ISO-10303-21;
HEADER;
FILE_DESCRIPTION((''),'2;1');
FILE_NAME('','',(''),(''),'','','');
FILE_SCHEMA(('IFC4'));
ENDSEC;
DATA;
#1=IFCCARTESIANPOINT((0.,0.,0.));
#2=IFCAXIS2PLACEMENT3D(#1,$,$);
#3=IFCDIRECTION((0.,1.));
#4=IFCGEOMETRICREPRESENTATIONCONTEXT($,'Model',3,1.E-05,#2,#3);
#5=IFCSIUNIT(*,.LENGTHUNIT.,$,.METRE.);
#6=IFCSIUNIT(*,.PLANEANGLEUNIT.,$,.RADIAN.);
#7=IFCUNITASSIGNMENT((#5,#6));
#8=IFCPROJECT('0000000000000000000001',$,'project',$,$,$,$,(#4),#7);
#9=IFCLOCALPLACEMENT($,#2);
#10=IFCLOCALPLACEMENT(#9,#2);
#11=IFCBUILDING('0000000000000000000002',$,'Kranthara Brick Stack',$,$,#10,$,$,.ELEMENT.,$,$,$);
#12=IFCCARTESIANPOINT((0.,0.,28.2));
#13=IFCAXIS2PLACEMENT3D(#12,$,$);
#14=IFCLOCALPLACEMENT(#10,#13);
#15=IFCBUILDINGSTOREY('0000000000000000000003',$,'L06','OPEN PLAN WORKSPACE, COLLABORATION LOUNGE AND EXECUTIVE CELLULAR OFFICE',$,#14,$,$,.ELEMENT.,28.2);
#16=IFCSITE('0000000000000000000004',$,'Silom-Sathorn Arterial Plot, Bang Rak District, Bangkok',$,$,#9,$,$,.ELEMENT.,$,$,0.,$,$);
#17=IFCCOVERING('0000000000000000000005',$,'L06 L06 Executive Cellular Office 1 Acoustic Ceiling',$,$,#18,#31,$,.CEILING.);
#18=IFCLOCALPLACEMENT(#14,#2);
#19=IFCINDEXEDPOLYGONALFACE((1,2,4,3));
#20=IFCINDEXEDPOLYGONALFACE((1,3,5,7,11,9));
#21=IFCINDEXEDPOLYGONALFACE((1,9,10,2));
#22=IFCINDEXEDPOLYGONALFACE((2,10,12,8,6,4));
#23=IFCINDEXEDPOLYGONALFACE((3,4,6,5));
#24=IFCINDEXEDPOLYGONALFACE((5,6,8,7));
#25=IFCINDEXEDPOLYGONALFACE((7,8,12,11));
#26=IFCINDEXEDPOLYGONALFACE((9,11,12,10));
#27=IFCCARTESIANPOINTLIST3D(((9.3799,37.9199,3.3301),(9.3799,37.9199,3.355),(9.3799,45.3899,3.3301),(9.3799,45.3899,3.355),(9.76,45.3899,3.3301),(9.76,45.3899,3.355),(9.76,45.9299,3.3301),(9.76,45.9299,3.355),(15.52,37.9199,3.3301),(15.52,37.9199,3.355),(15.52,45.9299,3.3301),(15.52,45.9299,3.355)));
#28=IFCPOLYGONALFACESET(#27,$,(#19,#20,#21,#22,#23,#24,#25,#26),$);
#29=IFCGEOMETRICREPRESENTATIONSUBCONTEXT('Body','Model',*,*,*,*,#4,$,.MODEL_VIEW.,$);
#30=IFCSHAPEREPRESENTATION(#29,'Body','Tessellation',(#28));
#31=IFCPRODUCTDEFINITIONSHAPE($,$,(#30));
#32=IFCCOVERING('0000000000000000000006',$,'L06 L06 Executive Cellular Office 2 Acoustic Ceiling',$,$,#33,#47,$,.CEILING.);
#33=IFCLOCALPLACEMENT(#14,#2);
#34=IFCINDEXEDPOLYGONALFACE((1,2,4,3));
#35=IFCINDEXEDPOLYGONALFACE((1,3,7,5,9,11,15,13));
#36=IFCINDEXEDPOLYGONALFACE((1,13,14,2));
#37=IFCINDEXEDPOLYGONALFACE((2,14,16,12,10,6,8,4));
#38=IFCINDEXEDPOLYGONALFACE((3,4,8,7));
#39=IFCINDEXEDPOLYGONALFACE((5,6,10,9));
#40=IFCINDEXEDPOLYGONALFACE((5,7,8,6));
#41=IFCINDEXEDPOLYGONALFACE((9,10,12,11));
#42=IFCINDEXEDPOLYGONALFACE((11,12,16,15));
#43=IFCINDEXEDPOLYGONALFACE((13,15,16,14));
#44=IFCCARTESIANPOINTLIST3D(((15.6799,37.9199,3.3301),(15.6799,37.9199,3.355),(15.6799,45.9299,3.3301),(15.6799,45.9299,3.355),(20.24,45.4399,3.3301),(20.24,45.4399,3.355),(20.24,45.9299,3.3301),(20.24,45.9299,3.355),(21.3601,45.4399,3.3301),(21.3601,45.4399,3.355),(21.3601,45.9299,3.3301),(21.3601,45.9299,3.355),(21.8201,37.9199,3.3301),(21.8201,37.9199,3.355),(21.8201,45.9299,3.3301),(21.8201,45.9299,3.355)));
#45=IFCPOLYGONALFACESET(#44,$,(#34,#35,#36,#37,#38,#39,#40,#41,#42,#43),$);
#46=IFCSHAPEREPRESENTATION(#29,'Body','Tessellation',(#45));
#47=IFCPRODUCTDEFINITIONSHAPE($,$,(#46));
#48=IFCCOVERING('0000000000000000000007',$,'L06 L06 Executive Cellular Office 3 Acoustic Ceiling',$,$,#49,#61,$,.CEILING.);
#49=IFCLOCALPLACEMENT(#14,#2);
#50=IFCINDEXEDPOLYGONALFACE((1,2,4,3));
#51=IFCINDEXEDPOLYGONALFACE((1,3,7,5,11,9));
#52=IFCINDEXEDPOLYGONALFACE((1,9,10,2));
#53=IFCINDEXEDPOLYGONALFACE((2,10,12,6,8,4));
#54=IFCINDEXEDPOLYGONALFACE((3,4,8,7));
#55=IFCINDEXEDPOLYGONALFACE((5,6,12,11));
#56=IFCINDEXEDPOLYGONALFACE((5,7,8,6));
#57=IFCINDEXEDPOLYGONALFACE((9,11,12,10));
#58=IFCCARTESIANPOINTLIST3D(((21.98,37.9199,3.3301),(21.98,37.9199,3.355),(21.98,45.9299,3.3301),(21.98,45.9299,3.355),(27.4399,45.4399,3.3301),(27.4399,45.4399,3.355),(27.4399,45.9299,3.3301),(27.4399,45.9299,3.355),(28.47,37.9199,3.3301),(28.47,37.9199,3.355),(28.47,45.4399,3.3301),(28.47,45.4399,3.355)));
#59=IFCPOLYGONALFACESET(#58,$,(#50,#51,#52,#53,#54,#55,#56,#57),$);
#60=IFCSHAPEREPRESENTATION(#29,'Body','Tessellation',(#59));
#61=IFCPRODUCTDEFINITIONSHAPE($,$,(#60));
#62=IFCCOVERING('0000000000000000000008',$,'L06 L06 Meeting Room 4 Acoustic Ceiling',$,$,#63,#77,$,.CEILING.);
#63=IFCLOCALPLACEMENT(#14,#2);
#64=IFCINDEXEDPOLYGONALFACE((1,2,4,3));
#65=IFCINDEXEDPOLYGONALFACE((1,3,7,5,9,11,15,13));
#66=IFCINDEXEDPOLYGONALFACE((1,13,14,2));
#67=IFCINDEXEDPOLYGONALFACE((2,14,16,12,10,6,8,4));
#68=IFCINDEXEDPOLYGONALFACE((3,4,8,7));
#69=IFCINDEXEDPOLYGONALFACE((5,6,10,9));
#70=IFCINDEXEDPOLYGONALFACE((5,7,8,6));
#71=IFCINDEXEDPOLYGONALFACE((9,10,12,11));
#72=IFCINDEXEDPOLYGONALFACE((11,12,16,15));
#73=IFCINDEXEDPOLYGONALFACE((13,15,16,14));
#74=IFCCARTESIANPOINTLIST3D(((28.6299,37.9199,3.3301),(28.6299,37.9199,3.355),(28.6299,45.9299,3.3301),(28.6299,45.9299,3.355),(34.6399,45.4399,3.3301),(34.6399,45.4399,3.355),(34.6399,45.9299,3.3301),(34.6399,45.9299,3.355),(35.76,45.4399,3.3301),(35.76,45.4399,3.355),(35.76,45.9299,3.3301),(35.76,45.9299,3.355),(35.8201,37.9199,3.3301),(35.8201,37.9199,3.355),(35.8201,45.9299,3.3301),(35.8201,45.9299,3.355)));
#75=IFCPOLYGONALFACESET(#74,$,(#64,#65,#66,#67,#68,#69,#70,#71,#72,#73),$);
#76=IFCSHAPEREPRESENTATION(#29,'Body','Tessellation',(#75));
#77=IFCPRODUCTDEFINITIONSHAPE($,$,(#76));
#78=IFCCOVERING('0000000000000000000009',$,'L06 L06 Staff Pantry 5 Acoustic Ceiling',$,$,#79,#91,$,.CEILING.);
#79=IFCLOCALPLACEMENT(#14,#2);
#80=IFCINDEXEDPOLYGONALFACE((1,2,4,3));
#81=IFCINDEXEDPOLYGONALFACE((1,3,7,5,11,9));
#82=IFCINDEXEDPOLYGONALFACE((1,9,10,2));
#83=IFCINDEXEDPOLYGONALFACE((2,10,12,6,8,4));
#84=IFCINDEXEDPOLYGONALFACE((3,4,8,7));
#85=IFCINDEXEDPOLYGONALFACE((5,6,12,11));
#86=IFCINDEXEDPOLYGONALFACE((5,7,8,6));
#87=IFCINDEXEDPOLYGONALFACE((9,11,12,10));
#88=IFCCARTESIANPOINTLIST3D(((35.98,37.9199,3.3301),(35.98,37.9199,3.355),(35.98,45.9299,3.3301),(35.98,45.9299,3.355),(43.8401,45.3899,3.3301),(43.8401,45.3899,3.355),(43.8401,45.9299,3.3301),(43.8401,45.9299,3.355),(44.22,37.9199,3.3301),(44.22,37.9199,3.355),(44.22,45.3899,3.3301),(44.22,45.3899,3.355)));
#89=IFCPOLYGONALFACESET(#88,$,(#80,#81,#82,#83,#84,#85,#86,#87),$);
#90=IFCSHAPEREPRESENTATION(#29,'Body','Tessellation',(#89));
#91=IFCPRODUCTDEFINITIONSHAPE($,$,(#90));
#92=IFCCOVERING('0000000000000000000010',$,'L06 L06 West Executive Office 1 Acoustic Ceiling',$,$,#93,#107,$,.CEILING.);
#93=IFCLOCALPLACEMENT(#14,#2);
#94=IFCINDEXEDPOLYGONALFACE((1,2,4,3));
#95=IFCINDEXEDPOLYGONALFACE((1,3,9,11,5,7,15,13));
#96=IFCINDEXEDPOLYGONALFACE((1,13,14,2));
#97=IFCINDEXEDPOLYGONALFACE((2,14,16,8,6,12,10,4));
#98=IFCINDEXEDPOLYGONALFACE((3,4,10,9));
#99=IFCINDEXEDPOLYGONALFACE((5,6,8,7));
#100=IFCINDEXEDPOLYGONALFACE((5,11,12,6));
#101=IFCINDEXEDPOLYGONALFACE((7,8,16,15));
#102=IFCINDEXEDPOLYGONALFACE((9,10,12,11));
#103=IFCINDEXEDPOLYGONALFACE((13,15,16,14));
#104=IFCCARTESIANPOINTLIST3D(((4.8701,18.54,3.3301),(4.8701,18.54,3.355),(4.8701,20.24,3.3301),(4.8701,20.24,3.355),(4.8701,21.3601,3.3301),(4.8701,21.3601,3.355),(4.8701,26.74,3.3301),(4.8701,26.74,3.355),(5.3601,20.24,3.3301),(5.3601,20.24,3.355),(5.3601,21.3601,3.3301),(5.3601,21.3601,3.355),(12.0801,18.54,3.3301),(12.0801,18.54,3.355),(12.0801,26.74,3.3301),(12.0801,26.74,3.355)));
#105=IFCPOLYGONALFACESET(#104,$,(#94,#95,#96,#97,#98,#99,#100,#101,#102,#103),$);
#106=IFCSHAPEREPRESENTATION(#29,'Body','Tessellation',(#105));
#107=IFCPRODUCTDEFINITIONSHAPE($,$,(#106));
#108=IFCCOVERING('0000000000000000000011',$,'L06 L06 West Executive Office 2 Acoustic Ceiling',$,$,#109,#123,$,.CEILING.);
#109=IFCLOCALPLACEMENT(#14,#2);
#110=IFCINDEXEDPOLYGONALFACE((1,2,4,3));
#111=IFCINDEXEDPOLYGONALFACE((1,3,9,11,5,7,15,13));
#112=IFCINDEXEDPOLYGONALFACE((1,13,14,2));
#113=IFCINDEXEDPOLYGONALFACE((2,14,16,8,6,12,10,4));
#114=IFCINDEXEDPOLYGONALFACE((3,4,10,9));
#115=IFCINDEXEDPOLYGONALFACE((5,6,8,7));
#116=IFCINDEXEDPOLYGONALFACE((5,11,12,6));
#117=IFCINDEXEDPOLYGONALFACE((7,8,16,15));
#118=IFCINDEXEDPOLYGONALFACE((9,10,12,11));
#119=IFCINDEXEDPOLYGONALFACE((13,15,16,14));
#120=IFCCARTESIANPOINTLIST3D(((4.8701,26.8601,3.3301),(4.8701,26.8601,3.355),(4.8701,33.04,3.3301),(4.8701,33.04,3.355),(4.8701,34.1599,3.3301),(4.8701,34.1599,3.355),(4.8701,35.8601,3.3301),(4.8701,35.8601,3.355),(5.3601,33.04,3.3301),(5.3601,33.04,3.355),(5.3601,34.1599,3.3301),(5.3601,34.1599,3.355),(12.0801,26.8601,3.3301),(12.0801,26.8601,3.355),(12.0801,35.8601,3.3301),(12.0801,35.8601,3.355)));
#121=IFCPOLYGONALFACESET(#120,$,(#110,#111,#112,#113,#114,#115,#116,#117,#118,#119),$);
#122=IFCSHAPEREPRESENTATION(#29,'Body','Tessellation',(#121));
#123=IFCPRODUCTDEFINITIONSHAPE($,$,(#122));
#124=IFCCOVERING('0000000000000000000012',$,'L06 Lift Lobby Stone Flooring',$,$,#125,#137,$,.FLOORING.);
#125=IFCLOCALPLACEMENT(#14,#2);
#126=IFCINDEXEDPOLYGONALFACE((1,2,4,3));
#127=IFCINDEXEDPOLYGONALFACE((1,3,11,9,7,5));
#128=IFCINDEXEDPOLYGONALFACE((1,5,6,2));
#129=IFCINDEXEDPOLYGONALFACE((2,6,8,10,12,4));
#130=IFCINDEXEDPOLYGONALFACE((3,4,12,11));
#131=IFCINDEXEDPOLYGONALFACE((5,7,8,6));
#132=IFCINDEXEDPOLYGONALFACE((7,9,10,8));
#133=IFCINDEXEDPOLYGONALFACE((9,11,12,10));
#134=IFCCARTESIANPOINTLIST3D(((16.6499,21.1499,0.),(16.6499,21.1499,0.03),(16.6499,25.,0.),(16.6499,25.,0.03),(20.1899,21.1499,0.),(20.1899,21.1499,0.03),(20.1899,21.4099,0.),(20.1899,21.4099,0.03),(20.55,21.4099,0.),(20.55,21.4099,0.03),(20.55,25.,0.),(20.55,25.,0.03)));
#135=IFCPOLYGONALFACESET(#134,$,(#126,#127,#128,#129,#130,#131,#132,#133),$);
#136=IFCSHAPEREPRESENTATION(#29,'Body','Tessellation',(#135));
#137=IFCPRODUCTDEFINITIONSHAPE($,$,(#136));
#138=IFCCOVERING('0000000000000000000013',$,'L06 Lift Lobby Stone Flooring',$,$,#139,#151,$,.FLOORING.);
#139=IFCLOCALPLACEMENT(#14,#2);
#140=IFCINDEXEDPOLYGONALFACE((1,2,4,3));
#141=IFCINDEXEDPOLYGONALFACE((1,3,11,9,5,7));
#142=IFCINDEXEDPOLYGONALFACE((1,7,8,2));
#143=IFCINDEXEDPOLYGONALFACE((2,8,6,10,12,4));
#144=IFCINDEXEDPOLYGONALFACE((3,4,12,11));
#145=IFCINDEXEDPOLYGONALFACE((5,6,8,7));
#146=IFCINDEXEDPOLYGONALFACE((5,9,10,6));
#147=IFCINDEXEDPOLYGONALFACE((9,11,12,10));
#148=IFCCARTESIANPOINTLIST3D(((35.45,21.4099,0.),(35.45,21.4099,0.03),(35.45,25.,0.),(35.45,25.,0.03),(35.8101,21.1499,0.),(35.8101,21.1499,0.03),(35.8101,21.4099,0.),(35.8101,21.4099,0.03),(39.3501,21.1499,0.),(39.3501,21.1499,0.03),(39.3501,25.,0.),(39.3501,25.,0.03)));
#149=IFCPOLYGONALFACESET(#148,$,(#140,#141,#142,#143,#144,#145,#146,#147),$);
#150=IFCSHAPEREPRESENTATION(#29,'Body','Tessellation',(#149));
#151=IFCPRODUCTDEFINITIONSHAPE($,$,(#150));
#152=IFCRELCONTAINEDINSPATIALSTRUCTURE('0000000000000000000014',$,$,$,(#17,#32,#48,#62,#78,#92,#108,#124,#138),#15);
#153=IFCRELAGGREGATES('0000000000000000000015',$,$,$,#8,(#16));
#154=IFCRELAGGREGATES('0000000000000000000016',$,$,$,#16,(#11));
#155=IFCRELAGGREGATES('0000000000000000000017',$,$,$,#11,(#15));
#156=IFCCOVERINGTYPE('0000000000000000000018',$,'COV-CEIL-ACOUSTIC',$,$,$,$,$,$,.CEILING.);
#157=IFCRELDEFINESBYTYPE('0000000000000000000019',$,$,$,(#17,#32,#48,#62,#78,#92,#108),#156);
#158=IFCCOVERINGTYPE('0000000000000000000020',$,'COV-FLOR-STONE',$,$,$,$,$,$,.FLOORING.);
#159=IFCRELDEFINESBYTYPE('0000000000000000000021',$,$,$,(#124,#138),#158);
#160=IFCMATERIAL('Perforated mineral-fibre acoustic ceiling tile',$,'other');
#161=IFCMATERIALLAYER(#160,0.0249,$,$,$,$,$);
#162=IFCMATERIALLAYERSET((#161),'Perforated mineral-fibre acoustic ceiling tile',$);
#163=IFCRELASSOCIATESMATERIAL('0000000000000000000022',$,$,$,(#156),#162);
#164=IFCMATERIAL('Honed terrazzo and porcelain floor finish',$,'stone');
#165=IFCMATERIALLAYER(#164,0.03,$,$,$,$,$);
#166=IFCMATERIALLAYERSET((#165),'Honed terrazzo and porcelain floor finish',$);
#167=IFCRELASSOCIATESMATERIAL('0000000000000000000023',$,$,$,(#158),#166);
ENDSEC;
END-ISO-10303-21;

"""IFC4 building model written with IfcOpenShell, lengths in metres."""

from ifc_helpers import new_model, si_unit, direction, frame, origin, place, context, subcontext, project, spatial, polyline, outline, extrude, material, layer, layer_set, type_object, element, save


model = new_model("IFC4")

# Units and contexts
model_context = context("Model", 3, precision=1e-05, world=origin(), true_north=direction((0.0, 1.0)))
body_context = subcontext(model_context, "Body", "Model", "MODEL_VIEW")
ifc_project = project(units=[si_unit("LENGTHUNIT", "METRE"), si_unit("PLANEANGLEUNIT", "RADIAN")], contexts=[model_context])

# Site, building, storey
site_placement = place(None, origin())
site = spatial("IfcSite", under=ifc_project, at=site_placement, Name="Silom-Sathorn Arterial Plot, Bang Rak District, Bangkok", CompositionType="ELEMENT", RefElevation=0.0)
building_placement = place(site_placement, origin())
building = spatial("IfcBuilding", under=site, at=building_placement, Name="Kranthara Brick Stack", CompositionType="ELEMENT")
storey_placement = place(building_placement, frame((0.0, 0.0, 28.2)))
storey = spatial("IfcBuildingStorey", under=building, at=storey_placement, Name="L06", Description="OPEN PLAN WORKSPACE, COLLABORATION LOUNGE AND EXECUTIVE CELLULAR OFFICE", CompositionType="ELEMENT", Elevation=28.2)

# Coverings
ifc_material_1 = material(Name="Perforated mineral-fibre acoustic ceiling tile", Category="other")
ifc_layer_1 = layer(ifc_material_1, 0.0249)
ifc_layer_set_1 = layer_set([ifc_layer_1], Name="Perforated mineral-fibre acoustic ceiling tile")
covering_type_1 = type_object("IfcCoveringType", Name="COV-CEIL-ACOUSTIC", PredefinedType="CEILING", material=ifc_layer_set_1)
covering_1_placement = place(storey_placement, frame((0.0, 0.0, 3.3301)))
element("IfcCovering", 1, at=covering_1_placement, inside=storey, type_object=covering_type_1, Name="L06 L06 Executive Cellular Office 1 Acoustic Ceiling", PredefinedType="CEILING", context=body_context, shape_type="SweptSolid", body=[
    extrude(outline(polyline([(15.52, 45.9299), (15.52, 37.9199), (9.3799, 37.9199), (9.3799, 45.3899), (9.76, 45.3899), (9.76, 45.9299), (15.52, 45.9299)])), origin(), (0.0, 0.0, 1.0), 0.0249),
])
covering_2_placement = place(storey_placement, frame((0.0, 0.0, 3.3301)))
element("IfcCovering", 2, at=covering_2_placement, inside=storey, type_object=covering_type_1, Name="L06 L06 Executive Cellular Office 2 Acoustic Ceiling", PredefinedType="CEILING", context=body_context, shape_type="SweptSolid", body=[
    extrude(outline(polyline([(21.8201, 45.9299), (21.8201, 37.9199), (15.6799, 37.9199), (15.6799, 45.9299), (20.24, 45.9299), (20.24, 45.4399), (21.3601, 45.4399), (21.3601, 45.9299), (21.8201, 45.9299)])), origin(), (0.0, 0.0, 1.0), 0.0249),
])
covering_3_placement = place(storey_placement, frame((0.0, 0.0, 3.3301)))
element("IfcCovering", 3, at=covering_3_placement, inside=storey, type_object=covering_type_1, Name="L06 L06 Executive Cellular Office 3 Acoustic Ceiling", PredefinedType="CEILING", context=body_context, shape_type="SweptSolid", body=[
    extrude(outline(polyline([(28.47, 37.9199), (21.98, 37.9199), (21.98, 45.9299), (27.4399, 45.9299), (27.4399, 45.4399), (28.47, 45.4399), (28.47, 37.9199)])), origin(), (0.0, 0.0, 1.0), 0.0249),
])
covering_4_placement = place(storey_placement, frame((0.0, 0.0, 3.3301)))
element("IfcCovering", 4, at=covering_4_placement, inside=storey, type_object=covering_type_1, Name="L06 L06 Meeting Room 4 Acoustic Ceiling", PredefinedType="CEILING", context=body_context, shape_type="SweptSolid", body=[
    extrude(outline(polyline([(35.8201, 45.9299), (35.8201, 37.9199), (28.6299, 37.9199), (28.6299, 45.9299), (34.6399, 45.9299), (34.6399, 45.4399), (35.76, 45.4399), (35.76, 45.9299), (35.8201, 45.9299)])), origin(), (0.0, 0.0, 1.0), 0.0249),
])
covering_5_placement = place(storey_placement, frame((0.0, 0.0, 3.3301)))
element("IfcCovering", 5, at=covering_5_placement, inside=storey, type_object=covering_type_1, Name="L06 L06 Staff Pantry 5 Acoustic Ceiling", PredefinedType="CEILING", context=body_context, shape_type="SweptSolid", body=[
    extrude(outline(polyline([(44.22, 37.9199), (35.98, 37.9199), (35.98, 45.9299), (43.8401, 45.9299), (43.8401, 45.3899), (44.22, 45.3899), (44.22, 37.9199)])), origin(), (0.0, 0.0, 1.0), 0.0249),
])
covering_6_placement = place(storey_placement, frame((0.0, 0.0, 3.3301)))
element("IfcCovering", 6, at=covering_6_placement, inside=storey, type_object=covering_type_1, Name="L06 L06 West Executive Office 1 Acoustic Ceiling", PredefinedType="CEILING", context=body_context, shape_type="SweptSolid", body=[
    extrude(outline(polyline([(4.8701, 26.74), (12.0801, 26.74), (12.0801, 18.54), (4.8701, 18.54), (4.8701, 20.24), (5.3601, 20.24), (5.3601, 21.3601), (4.8701, 21.3601), (4.8701, 26.74)])), origin(), (0.0, 0.0, 1.0), 0.0249),
])
covering_7_placement = place(storey_placement, frame((0.0, 0.0, 3.3301)))
element("IfcCovering", 7, at=covering_7_placement, inside=storey, type_object=covering_type_1, Name="L06 L06 West Executive Office 2 Acoustic Ceiling", PredefinedType="CEILING", context=body_context, shape_type="SweptSolid", body=[
    extrude(outline(polyline([(4.8701, 35.8601), (12.0801, 35.8601), (12.0801, 26.8601), (4.8701, 26.8601), (4.8701, 33.04), (5.3601, 33.04), (5.3601, 34.1599), (4.8701, 34.1599), (4.8701, 35.8601)])), origin(), (0.0, 0.0, 1.0), 0.0249),
])
ifc_material_2 = material(Name="Honed terrazzo and porcelain floor finish", Category="stone")
ifc_layer_2 = layer(ifc_material_2, 0.03)
ifc_layer_set_2 = layer_set([ifc_layer_2], Name="Honed terrazzo and porcelain floor finish")
covering_type_2 = type_object("IfcCoveringType", Name="COV-FLOR-STONE", PredefinedType="FLOORING", material=ifc_layer_set_2)
covering_8_placement = place(storey_placement, origin())
element("IfcCovering", 8, at=covering_8_placement, inside=storey, type_object=covering_type_2, Name="L06 Lift Lobby Stone Flooring", PredefinedType="FLOORING", context=body_context, shape_type="SweptSolid", body=[
    extrude(outline(polyline([(16.6499, 21.1499), (16.6499, 25.0), (20.55, 25.0), (20.55, 21.4099), (20.1899, 21.4099), (20.1899, 21.1499), (16.6499, 21.1499)])), origin(), (0.0, 0.0, 1.0), 0.03),
])
covering_9_placement = place(storey_placement, origin())
element("IfcCovering", 9, at=covering_9_placement, inside=storey, type_object=covering_type_2, Name="L06 Lift Lobby Stone Flooring", PredefinedType="FLOORING", context=body_context, shape_type="SweptSolid", body=[
    extrude(outline(polyline([(35.45, 25.0), (39.3501, 25.0), (39.3501, 21.1499), (35.8101, 21.1499), (35.8101, 21.4099), (35.45, 21.4099), (35.45, 25.0)])), origin(), (0.0, 0.0, 1.0), 0.03),
])

save(model, "model.ifc")
